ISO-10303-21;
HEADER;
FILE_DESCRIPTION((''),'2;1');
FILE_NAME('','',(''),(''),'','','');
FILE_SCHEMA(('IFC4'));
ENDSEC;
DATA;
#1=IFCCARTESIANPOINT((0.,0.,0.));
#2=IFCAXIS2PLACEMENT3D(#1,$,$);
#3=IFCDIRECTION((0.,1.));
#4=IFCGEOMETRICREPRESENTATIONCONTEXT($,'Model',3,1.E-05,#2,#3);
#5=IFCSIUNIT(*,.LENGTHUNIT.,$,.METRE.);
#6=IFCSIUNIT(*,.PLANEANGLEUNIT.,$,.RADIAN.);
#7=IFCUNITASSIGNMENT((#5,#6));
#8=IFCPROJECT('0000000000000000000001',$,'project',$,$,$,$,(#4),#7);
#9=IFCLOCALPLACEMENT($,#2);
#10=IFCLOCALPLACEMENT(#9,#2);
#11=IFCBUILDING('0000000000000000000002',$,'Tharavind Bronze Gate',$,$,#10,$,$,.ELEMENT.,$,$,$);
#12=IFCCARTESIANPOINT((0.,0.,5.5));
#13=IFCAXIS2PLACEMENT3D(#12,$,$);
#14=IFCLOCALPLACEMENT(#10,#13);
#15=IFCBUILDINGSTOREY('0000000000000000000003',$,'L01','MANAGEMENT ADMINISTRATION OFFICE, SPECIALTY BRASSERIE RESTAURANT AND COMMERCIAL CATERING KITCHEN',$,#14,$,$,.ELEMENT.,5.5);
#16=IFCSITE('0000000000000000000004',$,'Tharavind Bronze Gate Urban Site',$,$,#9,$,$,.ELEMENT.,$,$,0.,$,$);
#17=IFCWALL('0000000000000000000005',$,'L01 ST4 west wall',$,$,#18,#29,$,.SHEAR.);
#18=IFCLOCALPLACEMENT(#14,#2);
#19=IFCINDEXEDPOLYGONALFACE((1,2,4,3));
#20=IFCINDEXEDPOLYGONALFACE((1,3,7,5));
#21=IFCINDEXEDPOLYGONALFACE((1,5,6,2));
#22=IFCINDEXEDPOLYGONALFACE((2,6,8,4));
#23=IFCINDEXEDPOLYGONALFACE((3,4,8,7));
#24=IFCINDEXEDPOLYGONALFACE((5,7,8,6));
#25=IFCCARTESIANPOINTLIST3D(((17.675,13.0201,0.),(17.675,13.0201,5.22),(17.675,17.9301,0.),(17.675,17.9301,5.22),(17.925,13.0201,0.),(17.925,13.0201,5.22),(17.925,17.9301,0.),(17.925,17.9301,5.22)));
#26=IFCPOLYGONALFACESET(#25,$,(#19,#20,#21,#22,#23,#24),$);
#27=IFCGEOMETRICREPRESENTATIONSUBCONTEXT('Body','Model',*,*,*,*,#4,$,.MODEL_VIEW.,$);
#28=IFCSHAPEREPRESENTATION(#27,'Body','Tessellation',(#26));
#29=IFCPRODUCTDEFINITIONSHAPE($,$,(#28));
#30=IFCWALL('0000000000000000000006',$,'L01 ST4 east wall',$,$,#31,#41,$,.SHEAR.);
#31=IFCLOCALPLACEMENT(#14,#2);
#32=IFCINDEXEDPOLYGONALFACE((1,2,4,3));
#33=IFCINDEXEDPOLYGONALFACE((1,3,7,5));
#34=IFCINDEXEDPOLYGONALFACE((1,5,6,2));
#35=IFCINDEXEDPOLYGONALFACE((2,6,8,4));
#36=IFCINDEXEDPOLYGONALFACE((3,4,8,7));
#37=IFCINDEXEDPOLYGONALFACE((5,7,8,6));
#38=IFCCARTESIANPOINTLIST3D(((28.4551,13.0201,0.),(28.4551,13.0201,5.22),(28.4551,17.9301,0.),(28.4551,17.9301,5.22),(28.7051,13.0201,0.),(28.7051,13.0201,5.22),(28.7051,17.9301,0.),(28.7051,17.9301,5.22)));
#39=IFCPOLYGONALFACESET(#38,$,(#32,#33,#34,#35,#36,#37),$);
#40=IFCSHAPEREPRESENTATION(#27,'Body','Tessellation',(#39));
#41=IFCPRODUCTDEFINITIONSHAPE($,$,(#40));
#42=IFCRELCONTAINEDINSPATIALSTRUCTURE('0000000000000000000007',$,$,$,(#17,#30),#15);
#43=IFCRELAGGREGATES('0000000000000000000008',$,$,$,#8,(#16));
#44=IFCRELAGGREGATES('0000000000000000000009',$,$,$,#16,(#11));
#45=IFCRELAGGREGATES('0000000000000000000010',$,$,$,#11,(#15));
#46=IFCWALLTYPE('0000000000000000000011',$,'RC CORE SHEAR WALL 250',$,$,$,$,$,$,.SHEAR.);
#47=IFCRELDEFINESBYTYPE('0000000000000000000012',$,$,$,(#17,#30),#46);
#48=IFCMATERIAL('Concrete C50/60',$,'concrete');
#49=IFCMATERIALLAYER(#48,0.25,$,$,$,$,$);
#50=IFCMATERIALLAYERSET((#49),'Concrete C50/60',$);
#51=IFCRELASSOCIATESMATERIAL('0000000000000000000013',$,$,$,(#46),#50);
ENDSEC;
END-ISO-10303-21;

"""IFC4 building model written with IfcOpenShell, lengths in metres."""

from ifc_helpers import new_model, si_unit, direction, frame, frame_2d, origin, place, context, subcontext, project, spatial, rectangle, extrude, material, layer, layer_set, type_object, element, save


model = new_model("IFC4")

# Units and contexts
model_context = context("Model", 3, precision=1e-05, world=origin(), true_north=direction((0.0, 1.0)))
body_context = subcontext(model_context, "Body", "Model", "MODEL_VIEW")
ifc_project = project(units=[si_unit("LENGTHUNIT", "METRE"), si_unit("PLANEANGLEUNIT", "RADIAN")], contexts=[model_context])

# Site, building, storey
site_placement = place(None, origin())
site = spatial("IfcSite", under=ifc_project, at=site_placement, Name="Tharavind Bronze Gate Urban Site", CompositionType="ELEMENT", RefElevation=0.0)
building_placement = place(site_placement, origin())
building = spatial("IfcBuilding", under=site, at=building_placement, Name="Tharavind Bronze Gate", CompositionType="ELEMENT")
storey_placement = place(building_placement, frame((0.0, 0.0, 5.5)))
storey = spatial("IfcBuildingStorey", under=building, at=storey_placement, Name="L01", Description="MANAGEMENT ADMINISTRATION OFFICE, SPECIALTY BRASSERIE RESTAURANT AND COMMERCIAL CATERING KITCHEN", CompositionType="ELEMENT", Elevation=5.5)

# Shared definitions
ifc_material_1 = material(Name="Concrete C50/60", Category="concrete")
ifc_layer_1 = layer(ifc_material_1, 0.25)
ifc_layer_set_1 = layer_set([ifc_layer_1], Name="Concrete C50/60")
wall_type_1 = type_object("IfcWallType", Name="RC CORE SHEAR WALL 250", PredefinedType="SHEAR", material=ifc_layer_set_1)

# Walls
for number, where, z_axis, x_axis, name in (
    (1, (17.8, 13.02, 0.0), (0.0, 0.0, 1.0), (0.0, 1.0, 0.0), "L01 ST4 west wall"),
    (2, (28.5801, 13.02, 0.0), (0.0, 0.0, 1.0), (0.0, 1.0, 0.0), "L01 ST4 east wall"),
):
    element("IfcWall", number, at=place(storey_placement, frame(where, z_axis=z_axis, x_axis=x_axis)), inside=storey, type_object=wall_type_1, Name=name, PredefinedType="SHEAR", context=body_context, shape_type="SweptSolid", body=[
        extrude(rectangle(XDim=4.9099, YDim=0.25, at=frame_2d((2.4551, 0.0))), origin(), (0.0, 0.0, 1.0), 5.22),
    ])

save(model, "model.ifc")
